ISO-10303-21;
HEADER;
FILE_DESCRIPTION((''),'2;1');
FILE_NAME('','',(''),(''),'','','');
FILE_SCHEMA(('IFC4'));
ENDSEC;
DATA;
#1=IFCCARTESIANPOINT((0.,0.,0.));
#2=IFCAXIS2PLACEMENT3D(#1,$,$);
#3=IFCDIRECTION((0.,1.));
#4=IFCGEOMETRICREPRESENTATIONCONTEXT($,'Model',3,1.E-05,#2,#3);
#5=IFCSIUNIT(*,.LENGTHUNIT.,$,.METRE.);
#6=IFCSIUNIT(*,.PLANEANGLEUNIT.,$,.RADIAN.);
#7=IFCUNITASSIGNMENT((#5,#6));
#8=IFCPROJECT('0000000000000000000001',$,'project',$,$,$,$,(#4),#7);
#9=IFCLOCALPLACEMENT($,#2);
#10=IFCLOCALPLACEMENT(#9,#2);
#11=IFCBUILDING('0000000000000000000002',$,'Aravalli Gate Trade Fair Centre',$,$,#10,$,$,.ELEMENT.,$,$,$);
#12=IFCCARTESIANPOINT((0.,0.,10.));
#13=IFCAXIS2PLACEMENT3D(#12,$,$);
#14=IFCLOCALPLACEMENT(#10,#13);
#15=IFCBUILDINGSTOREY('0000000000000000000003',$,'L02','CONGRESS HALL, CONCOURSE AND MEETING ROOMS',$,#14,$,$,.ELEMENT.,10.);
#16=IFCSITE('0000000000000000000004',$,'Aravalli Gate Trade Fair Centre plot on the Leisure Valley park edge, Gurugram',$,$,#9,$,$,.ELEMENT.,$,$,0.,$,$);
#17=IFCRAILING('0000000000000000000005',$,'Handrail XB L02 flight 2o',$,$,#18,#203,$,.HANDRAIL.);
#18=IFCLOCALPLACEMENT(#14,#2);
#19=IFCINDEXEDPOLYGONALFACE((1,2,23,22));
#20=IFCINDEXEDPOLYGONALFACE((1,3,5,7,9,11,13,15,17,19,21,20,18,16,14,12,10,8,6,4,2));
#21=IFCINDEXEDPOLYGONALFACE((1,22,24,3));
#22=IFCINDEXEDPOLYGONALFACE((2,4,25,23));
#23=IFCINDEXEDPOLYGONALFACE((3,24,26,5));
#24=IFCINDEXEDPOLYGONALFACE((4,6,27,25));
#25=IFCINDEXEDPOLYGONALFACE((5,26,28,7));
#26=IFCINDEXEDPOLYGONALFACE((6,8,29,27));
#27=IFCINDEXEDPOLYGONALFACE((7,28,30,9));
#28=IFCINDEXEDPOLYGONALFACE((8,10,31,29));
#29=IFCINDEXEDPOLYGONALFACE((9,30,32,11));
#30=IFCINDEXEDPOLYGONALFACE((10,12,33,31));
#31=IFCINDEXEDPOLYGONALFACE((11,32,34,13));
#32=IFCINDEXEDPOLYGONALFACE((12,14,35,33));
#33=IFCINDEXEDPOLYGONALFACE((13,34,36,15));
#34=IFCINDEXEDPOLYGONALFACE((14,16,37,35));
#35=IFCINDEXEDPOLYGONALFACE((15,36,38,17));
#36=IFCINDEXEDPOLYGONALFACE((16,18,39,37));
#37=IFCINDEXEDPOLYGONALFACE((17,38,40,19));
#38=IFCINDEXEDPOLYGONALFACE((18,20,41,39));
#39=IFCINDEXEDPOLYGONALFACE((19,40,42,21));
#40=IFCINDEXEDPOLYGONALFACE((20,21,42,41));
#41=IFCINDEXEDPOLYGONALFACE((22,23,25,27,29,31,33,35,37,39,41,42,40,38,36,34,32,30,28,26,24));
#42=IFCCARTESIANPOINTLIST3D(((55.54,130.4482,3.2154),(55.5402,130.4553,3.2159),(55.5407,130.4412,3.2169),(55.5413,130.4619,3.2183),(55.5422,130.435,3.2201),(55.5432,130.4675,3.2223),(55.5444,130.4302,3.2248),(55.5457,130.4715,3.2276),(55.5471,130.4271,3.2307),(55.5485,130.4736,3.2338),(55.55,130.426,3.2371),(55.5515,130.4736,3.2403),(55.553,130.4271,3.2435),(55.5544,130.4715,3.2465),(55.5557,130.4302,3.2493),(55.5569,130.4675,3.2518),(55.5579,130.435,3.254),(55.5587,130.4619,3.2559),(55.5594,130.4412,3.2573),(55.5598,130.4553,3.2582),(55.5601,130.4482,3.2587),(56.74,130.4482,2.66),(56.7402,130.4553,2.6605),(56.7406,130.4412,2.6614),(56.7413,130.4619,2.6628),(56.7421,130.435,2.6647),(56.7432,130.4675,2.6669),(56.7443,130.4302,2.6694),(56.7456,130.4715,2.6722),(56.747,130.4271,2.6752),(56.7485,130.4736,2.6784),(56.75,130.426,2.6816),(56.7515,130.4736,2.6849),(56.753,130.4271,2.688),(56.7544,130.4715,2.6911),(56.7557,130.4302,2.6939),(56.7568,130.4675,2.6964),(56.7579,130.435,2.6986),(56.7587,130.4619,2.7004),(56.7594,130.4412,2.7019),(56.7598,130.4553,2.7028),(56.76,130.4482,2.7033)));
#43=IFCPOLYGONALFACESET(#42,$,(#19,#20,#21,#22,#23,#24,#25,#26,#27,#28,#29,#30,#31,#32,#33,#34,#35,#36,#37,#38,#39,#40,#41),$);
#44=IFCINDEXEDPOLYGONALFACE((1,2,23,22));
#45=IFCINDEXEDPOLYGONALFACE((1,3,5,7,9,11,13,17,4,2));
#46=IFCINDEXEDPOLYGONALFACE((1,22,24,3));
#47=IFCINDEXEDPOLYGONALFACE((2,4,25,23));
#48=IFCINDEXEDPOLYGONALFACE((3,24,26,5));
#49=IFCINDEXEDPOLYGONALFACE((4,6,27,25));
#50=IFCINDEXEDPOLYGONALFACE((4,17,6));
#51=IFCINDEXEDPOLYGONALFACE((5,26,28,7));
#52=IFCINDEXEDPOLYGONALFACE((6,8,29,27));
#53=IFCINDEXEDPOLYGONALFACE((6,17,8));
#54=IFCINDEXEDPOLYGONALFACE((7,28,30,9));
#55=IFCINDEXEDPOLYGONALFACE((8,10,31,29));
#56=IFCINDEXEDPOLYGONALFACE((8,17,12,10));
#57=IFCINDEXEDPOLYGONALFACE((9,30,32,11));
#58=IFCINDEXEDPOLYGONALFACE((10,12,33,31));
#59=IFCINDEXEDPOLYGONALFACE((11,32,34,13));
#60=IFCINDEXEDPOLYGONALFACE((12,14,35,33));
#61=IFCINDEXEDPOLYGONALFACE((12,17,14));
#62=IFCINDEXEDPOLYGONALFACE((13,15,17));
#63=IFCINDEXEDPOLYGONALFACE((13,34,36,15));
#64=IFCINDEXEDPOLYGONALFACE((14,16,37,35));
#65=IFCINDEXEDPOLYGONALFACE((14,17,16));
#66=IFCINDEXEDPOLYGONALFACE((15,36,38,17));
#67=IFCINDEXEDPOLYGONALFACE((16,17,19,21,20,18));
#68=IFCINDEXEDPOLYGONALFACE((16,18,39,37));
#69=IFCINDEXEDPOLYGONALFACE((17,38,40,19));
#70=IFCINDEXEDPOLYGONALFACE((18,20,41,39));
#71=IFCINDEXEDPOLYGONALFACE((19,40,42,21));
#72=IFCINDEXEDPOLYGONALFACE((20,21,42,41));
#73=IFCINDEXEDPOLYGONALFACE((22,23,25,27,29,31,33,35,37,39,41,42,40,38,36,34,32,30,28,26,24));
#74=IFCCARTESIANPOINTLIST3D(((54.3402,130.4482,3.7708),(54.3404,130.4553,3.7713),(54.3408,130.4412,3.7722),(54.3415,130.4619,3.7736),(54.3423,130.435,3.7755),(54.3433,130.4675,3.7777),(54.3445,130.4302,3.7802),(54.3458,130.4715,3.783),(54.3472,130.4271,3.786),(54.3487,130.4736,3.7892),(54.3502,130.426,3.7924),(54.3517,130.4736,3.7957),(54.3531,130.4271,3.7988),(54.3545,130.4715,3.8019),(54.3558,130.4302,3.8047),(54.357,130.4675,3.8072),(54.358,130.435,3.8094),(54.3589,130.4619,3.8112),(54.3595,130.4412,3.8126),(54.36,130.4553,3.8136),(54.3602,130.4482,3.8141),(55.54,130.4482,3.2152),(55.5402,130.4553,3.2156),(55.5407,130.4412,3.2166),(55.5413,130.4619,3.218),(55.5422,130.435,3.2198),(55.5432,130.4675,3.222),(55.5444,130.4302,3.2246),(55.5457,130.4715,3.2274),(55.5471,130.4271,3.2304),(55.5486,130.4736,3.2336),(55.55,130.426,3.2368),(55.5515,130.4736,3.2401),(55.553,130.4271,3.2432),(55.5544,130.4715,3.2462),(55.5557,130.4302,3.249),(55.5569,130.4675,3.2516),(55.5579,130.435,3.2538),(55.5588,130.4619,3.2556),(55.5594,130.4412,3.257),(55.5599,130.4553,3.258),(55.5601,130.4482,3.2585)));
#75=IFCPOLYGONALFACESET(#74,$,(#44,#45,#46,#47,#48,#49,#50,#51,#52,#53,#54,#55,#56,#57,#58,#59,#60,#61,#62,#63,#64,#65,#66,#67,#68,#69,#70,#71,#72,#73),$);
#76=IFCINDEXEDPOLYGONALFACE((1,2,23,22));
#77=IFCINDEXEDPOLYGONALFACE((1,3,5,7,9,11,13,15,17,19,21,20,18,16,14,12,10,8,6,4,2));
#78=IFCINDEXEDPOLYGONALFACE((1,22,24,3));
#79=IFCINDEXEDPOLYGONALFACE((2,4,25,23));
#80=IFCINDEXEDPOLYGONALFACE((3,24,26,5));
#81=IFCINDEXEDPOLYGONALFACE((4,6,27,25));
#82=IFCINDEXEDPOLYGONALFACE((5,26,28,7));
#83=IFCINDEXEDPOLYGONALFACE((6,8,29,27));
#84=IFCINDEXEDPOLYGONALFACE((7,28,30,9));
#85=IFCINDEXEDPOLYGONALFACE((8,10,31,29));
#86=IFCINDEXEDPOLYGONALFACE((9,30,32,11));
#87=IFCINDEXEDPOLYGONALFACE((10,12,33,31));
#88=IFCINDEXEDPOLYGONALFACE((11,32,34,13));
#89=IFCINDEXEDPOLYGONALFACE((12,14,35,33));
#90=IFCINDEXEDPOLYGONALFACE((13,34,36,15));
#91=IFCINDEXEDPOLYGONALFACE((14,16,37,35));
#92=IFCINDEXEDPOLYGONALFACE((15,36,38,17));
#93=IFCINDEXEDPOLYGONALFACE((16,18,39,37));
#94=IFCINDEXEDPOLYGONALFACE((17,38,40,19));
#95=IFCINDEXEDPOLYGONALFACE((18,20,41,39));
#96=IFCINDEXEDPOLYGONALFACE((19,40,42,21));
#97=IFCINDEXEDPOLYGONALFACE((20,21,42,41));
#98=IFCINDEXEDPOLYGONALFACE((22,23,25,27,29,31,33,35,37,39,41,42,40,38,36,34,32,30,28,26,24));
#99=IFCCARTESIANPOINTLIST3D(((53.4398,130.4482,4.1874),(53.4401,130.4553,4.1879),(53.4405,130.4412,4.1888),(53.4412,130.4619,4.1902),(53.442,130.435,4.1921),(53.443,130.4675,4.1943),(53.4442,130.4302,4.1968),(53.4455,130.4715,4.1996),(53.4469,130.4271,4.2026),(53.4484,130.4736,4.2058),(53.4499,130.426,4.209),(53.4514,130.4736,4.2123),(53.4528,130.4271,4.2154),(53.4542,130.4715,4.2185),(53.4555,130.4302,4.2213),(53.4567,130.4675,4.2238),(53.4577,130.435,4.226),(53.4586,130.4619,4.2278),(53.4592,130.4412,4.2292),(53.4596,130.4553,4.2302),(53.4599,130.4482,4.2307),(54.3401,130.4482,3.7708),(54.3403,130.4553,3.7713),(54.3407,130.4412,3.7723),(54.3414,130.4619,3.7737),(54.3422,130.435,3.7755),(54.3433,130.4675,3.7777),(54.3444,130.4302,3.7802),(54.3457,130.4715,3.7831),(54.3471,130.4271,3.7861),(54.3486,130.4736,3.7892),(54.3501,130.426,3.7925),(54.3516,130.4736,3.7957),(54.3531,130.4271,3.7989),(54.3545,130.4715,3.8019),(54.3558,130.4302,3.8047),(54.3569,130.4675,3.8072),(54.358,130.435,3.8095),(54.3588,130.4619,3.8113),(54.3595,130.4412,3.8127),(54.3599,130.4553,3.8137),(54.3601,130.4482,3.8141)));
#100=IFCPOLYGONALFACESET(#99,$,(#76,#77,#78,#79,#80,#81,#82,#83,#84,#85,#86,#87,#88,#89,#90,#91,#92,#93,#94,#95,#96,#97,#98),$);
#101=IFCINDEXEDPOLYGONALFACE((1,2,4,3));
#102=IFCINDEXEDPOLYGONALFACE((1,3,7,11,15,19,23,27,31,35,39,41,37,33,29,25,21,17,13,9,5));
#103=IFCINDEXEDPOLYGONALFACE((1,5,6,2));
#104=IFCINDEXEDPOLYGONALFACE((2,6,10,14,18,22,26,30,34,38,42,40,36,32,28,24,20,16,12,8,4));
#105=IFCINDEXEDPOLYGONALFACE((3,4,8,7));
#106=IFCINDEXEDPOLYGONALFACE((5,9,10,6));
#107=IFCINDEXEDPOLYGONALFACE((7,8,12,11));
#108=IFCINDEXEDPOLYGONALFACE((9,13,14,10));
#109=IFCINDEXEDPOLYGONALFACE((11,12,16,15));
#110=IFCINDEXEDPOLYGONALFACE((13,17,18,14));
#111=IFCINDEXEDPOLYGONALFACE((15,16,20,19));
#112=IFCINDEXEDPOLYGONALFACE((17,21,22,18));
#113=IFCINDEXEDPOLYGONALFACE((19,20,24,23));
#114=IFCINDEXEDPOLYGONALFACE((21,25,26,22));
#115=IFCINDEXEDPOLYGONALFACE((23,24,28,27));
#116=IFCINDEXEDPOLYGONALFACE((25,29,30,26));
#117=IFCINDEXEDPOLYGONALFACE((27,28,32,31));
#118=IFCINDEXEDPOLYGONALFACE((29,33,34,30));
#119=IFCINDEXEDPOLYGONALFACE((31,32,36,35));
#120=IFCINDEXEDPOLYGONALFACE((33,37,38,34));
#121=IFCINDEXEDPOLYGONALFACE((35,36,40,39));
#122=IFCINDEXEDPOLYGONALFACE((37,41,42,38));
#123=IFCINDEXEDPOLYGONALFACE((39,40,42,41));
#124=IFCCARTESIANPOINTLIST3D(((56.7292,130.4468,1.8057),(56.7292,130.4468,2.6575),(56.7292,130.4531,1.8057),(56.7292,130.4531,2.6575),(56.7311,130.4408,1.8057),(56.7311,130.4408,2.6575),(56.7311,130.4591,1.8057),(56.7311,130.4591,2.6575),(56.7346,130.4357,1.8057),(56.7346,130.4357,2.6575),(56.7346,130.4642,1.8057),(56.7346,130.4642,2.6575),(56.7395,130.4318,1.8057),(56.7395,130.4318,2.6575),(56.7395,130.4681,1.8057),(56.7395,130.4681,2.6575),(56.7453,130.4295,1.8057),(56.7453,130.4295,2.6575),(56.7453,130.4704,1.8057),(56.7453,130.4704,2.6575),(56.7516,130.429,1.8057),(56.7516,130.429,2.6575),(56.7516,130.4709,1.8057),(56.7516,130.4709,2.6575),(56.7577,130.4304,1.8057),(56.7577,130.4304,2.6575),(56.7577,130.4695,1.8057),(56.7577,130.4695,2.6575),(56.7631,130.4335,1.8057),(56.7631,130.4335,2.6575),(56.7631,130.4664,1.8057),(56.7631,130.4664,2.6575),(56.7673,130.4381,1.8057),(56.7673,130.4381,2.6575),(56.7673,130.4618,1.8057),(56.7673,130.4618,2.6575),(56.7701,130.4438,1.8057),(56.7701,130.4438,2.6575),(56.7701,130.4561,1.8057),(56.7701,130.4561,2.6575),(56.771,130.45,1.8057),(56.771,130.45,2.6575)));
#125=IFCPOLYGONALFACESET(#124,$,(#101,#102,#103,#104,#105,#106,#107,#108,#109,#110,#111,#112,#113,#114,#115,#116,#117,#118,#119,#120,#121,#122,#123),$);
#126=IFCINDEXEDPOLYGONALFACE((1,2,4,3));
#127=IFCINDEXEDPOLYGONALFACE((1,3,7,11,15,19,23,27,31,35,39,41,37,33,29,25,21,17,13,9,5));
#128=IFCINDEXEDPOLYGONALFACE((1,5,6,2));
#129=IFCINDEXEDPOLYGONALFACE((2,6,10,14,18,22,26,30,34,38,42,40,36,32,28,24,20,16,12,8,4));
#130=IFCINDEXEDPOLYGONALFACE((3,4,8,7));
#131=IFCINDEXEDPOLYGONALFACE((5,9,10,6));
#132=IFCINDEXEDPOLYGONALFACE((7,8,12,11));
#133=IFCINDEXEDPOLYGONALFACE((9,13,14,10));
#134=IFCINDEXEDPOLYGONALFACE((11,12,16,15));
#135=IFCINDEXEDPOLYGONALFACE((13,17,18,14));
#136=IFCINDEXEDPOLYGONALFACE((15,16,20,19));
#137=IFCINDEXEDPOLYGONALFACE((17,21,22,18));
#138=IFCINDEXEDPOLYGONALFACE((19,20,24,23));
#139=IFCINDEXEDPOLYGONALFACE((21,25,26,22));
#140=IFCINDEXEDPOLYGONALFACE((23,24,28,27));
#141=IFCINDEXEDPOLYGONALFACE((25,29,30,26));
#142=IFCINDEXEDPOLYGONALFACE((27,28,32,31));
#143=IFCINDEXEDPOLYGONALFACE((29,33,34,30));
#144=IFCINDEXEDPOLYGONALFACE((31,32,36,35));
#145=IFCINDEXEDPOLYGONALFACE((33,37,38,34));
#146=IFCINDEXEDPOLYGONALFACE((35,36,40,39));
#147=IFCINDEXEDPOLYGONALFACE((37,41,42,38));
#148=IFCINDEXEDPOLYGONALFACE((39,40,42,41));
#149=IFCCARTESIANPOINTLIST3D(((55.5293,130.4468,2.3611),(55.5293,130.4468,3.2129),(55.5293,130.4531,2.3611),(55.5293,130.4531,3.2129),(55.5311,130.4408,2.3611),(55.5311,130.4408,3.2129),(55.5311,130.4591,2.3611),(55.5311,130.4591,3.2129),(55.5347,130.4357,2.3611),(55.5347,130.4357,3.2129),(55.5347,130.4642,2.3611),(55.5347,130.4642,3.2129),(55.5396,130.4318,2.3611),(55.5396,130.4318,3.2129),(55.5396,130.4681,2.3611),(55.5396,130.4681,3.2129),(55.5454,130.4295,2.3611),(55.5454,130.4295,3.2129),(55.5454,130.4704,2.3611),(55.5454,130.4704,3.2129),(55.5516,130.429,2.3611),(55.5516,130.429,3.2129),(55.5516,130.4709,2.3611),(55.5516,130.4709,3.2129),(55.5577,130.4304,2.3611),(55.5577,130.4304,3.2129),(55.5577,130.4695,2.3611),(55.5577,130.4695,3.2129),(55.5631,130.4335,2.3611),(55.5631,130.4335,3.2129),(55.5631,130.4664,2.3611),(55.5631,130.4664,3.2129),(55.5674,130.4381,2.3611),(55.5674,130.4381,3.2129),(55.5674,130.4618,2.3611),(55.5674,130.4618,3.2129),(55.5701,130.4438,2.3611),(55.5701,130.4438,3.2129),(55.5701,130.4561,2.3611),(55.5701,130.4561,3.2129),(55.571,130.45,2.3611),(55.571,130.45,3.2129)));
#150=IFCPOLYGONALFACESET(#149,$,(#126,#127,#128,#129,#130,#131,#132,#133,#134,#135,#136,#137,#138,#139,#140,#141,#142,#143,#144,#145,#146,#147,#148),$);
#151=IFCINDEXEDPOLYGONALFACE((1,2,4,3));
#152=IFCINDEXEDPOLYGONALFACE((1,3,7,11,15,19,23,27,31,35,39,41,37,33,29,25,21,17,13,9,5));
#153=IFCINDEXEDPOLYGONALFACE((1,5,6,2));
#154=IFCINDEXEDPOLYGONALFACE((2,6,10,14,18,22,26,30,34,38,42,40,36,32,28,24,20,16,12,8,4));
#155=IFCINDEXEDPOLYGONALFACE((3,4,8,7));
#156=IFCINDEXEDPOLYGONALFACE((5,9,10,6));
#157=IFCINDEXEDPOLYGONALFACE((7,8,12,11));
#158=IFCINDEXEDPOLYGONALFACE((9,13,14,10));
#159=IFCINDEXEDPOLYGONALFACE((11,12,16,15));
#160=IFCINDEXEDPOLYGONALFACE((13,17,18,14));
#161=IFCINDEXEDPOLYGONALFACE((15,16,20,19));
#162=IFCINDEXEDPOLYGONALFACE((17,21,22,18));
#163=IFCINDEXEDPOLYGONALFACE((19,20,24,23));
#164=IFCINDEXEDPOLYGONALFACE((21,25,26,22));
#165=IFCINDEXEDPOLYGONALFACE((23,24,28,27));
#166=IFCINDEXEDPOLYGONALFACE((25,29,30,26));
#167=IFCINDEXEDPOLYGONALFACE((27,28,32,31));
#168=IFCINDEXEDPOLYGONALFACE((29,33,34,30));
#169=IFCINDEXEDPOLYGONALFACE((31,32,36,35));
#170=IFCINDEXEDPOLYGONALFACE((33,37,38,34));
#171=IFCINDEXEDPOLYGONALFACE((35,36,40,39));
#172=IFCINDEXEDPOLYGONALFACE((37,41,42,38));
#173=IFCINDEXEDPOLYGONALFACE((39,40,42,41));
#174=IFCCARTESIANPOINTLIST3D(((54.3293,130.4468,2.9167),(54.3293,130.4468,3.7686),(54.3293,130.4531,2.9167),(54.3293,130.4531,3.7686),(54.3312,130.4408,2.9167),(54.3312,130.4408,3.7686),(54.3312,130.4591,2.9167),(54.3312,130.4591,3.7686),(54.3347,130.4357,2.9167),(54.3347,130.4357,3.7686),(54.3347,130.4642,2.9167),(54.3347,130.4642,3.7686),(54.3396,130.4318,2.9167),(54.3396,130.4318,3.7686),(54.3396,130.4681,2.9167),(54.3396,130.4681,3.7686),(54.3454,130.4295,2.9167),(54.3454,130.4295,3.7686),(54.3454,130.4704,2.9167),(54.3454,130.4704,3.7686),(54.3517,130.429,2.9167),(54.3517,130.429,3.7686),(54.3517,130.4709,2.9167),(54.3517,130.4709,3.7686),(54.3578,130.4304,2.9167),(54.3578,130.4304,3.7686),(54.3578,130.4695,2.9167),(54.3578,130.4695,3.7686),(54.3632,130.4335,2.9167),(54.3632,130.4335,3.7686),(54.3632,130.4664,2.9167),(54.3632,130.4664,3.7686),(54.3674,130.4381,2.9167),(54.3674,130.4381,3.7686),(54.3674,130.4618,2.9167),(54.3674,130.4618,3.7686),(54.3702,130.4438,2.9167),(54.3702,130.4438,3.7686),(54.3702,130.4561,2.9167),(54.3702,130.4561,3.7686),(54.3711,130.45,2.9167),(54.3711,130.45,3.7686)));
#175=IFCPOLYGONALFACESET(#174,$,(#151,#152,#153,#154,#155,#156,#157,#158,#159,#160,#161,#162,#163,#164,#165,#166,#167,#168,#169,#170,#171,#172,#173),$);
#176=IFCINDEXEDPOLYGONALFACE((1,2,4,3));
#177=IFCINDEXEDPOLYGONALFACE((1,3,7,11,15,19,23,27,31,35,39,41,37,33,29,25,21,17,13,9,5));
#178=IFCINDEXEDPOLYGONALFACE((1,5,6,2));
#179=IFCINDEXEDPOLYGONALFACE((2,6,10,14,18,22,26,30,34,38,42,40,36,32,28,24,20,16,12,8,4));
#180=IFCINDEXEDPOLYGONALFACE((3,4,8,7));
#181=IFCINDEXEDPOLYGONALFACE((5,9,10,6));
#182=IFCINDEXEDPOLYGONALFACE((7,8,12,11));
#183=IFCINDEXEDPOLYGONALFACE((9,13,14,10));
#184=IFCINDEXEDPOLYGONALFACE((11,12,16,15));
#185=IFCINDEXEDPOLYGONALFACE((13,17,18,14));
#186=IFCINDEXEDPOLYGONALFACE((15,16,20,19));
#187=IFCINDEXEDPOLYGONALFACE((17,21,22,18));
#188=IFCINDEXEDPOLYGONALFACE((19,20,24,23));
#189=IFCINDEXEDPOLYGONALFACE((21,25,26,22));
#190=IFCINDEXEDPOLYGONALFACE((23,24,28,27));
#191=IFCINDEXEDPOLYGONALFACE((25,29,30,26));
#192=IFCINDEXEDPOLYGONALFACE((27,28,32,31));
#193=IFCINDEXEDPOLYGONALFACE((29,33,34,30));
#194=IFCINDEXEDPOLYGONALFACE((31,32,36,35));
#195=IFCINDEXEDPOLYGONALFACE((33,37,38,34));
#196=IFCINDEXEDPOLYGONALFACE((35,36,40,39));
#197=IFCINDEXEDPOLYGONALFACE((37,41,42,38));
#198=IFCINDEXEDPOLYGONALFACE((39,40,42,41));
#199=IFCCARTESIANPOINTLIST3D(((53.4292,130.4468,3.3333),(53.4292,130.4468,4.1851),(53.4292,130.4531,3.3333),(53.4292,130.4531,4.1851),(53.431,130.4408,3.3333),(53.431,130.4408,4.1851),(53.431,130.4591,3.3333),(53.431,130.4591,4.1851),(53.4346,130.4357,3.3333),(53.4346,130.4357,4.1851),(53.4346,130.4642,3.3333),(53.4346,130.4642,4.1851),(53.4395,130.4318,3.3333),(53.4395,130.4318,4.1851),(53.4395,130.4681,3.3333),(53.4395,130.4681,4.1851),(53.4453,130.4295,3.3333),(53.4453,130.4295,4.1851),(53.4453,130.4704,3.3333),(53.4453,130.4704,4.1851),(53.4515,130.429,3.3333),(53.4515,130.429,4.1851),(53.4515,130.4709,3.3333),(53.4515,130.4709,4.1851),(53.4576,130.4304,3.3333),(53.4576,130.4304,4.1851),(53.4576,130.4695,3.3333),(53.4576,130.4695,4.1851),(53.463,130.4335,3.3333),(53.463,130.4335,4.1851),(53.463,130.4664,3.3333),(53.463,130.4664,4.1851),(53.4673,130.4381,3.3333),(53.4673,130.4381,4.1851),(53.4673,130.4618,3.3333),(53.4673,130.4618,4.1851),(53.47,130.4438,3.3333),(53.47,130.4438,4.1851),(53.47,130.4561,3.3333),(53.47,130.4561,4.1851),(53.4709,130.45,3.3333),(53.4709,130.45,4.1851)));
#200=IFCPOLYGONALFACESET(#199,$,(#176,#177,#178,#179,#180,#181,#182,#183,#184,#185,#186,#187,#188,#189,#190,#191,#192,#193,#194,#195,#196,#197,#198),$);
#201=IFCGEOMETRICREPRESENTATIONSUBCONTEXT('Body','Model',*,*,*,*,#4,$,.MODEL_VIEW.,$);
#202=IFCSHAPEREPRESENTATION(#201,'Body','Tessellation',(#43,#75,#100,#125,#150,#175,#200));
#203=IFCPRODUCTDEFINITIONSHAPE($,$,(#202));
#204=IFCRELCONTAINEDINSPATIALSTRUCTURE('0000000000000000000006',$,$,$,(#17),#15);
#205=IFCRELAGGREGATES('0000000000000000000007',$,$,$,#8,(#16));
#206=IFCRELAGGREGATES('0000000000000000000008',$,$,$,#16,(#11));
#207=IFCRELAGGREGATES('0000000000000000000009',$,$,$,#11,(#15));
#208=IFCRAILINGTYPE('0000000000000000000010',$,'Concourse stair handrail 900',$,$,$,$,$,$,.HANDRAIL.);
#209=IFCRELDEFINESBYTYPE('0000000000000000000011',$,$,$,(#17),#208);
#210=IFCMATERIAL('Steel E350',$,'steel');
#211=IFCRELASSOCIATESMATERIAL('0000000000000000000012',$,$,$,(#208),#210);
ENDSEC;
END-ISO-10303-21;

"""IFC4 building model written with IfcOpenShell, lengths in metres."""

from ifc_helpers import new_model, si_unit, direction, frame, origin, origin_2d, place, context, subcontext, project, spatial, circle, extrude, material, type_object, element, save


model = new_model("IFC4")

# Units and contexts
model_context = context("Model", 3, precision=1e-05, world=origin(), true_north=direction((0.0, 1.0)))
body_context = subcontext(model_context, "Body", "Model", "MODEL_VIEW")
ifc_project = project(units=[si_unit("LENGTHUNIT", "METRE"), si_unit("PLANEANGLEUNIT", "RADIAN")], contexts=[model_context])

# Site, building, storey
site_placement = place(None, origin())
site = spatial("IfcSite", under=ifc_project, at=site_placement, Name="Aravalli Gate Trade Fair Centre plot on the Leisure Valley park edge, Gurugram", CompositionType="ELEMENT", RefElevation=0.0)
building_placement = place(site_placement, origin())
building = spatial("IfcBuilding", under=site, at=building_placement, Name="Aravalli Gate Trade Fair Centre", CompositionType="ELEMENT")
storey_placement = place(building_placement, frame((0.0, 0.0, 10.0)))
storey = spatial("IfcBuildingStorey", under=building, at=storey_placement, Name="L02", Description="CONGRESS HALL, CONCOURSE AND MEETING ROOMS", CompositionType="ELEMENT", Elevation=10.0)

# Shared definitions
ifc_material_1 = material(Name="Steel E350", Category="steel")

# Railing
railing_type_1 = type_object("IfcRailingType", Name="Concourse stair handrail 900", PredefinedType="HANDRAIL", material=ifc_material_1)
for number, where, name in (
    (1, (56.75, 130.45, 1.8057), "Handrail XB L02 flight 2o"),
):
    element("IfcRailing", number, at=place(storey_placement, frame(where)), inside=storey, type_object=railing_type_1, Name=name, PredefinedType="HANDRAIL", context=body_context, shape_type="SweptSolid", body=[
        extrude(circle(Radius=0.0239, at=origin_2d()), frame((0.0, 0.0, 0.876), z_axis=(-0.907499, 0.0, 0.420053), x_axis=(0.0, -1.0, 0.0)), (0.0, 0.0, 1.0), 1.3223),
        extrude(circle(Radius=0.0239, at=origin_2d()), frame((-1.2, 0.0, 1.4312), z_axis=(-0.907429, 0.0, 0.420205), x_axis=(0.0, -1.0, 0.0)), (0.0, 0.0, 1.0), 1.3223),
        extrude(circle(Radius=0.0239, at=origin_2d()), frame((-2.3999, 0.0, 1.9868), z_axis=(-0.907556, 0.0, 0.419932), x_axis=(0.0, -1.0, 0.0)), (0.0, 0.0, 1.0), 0.9919),
        extrude(circle(Radius=0.021, at=origin_2d()), origin(), (0.0, 0.0, 1.0), 0.8518),
        extrude(circle(Radius=0.021, at=origin_2d()), frame((-1.2, 0.0, 0.5554)), (0.0, 0.0, 1.0), 0.8518),
        extrude(circle(Radius=0.021, at=origin_2d()), frame((-2.3999, 0.0, 1.1111)), (0.0, 0.0, 1.0), 0.8518),
        extrude(circle(Radius=0.021, at=origin_2d()), frame((-3.3, 0.0, 1.5276)), (0.0, 0.0, 1.0), 0.8518),
    ])

save(model, "model.ifc")
